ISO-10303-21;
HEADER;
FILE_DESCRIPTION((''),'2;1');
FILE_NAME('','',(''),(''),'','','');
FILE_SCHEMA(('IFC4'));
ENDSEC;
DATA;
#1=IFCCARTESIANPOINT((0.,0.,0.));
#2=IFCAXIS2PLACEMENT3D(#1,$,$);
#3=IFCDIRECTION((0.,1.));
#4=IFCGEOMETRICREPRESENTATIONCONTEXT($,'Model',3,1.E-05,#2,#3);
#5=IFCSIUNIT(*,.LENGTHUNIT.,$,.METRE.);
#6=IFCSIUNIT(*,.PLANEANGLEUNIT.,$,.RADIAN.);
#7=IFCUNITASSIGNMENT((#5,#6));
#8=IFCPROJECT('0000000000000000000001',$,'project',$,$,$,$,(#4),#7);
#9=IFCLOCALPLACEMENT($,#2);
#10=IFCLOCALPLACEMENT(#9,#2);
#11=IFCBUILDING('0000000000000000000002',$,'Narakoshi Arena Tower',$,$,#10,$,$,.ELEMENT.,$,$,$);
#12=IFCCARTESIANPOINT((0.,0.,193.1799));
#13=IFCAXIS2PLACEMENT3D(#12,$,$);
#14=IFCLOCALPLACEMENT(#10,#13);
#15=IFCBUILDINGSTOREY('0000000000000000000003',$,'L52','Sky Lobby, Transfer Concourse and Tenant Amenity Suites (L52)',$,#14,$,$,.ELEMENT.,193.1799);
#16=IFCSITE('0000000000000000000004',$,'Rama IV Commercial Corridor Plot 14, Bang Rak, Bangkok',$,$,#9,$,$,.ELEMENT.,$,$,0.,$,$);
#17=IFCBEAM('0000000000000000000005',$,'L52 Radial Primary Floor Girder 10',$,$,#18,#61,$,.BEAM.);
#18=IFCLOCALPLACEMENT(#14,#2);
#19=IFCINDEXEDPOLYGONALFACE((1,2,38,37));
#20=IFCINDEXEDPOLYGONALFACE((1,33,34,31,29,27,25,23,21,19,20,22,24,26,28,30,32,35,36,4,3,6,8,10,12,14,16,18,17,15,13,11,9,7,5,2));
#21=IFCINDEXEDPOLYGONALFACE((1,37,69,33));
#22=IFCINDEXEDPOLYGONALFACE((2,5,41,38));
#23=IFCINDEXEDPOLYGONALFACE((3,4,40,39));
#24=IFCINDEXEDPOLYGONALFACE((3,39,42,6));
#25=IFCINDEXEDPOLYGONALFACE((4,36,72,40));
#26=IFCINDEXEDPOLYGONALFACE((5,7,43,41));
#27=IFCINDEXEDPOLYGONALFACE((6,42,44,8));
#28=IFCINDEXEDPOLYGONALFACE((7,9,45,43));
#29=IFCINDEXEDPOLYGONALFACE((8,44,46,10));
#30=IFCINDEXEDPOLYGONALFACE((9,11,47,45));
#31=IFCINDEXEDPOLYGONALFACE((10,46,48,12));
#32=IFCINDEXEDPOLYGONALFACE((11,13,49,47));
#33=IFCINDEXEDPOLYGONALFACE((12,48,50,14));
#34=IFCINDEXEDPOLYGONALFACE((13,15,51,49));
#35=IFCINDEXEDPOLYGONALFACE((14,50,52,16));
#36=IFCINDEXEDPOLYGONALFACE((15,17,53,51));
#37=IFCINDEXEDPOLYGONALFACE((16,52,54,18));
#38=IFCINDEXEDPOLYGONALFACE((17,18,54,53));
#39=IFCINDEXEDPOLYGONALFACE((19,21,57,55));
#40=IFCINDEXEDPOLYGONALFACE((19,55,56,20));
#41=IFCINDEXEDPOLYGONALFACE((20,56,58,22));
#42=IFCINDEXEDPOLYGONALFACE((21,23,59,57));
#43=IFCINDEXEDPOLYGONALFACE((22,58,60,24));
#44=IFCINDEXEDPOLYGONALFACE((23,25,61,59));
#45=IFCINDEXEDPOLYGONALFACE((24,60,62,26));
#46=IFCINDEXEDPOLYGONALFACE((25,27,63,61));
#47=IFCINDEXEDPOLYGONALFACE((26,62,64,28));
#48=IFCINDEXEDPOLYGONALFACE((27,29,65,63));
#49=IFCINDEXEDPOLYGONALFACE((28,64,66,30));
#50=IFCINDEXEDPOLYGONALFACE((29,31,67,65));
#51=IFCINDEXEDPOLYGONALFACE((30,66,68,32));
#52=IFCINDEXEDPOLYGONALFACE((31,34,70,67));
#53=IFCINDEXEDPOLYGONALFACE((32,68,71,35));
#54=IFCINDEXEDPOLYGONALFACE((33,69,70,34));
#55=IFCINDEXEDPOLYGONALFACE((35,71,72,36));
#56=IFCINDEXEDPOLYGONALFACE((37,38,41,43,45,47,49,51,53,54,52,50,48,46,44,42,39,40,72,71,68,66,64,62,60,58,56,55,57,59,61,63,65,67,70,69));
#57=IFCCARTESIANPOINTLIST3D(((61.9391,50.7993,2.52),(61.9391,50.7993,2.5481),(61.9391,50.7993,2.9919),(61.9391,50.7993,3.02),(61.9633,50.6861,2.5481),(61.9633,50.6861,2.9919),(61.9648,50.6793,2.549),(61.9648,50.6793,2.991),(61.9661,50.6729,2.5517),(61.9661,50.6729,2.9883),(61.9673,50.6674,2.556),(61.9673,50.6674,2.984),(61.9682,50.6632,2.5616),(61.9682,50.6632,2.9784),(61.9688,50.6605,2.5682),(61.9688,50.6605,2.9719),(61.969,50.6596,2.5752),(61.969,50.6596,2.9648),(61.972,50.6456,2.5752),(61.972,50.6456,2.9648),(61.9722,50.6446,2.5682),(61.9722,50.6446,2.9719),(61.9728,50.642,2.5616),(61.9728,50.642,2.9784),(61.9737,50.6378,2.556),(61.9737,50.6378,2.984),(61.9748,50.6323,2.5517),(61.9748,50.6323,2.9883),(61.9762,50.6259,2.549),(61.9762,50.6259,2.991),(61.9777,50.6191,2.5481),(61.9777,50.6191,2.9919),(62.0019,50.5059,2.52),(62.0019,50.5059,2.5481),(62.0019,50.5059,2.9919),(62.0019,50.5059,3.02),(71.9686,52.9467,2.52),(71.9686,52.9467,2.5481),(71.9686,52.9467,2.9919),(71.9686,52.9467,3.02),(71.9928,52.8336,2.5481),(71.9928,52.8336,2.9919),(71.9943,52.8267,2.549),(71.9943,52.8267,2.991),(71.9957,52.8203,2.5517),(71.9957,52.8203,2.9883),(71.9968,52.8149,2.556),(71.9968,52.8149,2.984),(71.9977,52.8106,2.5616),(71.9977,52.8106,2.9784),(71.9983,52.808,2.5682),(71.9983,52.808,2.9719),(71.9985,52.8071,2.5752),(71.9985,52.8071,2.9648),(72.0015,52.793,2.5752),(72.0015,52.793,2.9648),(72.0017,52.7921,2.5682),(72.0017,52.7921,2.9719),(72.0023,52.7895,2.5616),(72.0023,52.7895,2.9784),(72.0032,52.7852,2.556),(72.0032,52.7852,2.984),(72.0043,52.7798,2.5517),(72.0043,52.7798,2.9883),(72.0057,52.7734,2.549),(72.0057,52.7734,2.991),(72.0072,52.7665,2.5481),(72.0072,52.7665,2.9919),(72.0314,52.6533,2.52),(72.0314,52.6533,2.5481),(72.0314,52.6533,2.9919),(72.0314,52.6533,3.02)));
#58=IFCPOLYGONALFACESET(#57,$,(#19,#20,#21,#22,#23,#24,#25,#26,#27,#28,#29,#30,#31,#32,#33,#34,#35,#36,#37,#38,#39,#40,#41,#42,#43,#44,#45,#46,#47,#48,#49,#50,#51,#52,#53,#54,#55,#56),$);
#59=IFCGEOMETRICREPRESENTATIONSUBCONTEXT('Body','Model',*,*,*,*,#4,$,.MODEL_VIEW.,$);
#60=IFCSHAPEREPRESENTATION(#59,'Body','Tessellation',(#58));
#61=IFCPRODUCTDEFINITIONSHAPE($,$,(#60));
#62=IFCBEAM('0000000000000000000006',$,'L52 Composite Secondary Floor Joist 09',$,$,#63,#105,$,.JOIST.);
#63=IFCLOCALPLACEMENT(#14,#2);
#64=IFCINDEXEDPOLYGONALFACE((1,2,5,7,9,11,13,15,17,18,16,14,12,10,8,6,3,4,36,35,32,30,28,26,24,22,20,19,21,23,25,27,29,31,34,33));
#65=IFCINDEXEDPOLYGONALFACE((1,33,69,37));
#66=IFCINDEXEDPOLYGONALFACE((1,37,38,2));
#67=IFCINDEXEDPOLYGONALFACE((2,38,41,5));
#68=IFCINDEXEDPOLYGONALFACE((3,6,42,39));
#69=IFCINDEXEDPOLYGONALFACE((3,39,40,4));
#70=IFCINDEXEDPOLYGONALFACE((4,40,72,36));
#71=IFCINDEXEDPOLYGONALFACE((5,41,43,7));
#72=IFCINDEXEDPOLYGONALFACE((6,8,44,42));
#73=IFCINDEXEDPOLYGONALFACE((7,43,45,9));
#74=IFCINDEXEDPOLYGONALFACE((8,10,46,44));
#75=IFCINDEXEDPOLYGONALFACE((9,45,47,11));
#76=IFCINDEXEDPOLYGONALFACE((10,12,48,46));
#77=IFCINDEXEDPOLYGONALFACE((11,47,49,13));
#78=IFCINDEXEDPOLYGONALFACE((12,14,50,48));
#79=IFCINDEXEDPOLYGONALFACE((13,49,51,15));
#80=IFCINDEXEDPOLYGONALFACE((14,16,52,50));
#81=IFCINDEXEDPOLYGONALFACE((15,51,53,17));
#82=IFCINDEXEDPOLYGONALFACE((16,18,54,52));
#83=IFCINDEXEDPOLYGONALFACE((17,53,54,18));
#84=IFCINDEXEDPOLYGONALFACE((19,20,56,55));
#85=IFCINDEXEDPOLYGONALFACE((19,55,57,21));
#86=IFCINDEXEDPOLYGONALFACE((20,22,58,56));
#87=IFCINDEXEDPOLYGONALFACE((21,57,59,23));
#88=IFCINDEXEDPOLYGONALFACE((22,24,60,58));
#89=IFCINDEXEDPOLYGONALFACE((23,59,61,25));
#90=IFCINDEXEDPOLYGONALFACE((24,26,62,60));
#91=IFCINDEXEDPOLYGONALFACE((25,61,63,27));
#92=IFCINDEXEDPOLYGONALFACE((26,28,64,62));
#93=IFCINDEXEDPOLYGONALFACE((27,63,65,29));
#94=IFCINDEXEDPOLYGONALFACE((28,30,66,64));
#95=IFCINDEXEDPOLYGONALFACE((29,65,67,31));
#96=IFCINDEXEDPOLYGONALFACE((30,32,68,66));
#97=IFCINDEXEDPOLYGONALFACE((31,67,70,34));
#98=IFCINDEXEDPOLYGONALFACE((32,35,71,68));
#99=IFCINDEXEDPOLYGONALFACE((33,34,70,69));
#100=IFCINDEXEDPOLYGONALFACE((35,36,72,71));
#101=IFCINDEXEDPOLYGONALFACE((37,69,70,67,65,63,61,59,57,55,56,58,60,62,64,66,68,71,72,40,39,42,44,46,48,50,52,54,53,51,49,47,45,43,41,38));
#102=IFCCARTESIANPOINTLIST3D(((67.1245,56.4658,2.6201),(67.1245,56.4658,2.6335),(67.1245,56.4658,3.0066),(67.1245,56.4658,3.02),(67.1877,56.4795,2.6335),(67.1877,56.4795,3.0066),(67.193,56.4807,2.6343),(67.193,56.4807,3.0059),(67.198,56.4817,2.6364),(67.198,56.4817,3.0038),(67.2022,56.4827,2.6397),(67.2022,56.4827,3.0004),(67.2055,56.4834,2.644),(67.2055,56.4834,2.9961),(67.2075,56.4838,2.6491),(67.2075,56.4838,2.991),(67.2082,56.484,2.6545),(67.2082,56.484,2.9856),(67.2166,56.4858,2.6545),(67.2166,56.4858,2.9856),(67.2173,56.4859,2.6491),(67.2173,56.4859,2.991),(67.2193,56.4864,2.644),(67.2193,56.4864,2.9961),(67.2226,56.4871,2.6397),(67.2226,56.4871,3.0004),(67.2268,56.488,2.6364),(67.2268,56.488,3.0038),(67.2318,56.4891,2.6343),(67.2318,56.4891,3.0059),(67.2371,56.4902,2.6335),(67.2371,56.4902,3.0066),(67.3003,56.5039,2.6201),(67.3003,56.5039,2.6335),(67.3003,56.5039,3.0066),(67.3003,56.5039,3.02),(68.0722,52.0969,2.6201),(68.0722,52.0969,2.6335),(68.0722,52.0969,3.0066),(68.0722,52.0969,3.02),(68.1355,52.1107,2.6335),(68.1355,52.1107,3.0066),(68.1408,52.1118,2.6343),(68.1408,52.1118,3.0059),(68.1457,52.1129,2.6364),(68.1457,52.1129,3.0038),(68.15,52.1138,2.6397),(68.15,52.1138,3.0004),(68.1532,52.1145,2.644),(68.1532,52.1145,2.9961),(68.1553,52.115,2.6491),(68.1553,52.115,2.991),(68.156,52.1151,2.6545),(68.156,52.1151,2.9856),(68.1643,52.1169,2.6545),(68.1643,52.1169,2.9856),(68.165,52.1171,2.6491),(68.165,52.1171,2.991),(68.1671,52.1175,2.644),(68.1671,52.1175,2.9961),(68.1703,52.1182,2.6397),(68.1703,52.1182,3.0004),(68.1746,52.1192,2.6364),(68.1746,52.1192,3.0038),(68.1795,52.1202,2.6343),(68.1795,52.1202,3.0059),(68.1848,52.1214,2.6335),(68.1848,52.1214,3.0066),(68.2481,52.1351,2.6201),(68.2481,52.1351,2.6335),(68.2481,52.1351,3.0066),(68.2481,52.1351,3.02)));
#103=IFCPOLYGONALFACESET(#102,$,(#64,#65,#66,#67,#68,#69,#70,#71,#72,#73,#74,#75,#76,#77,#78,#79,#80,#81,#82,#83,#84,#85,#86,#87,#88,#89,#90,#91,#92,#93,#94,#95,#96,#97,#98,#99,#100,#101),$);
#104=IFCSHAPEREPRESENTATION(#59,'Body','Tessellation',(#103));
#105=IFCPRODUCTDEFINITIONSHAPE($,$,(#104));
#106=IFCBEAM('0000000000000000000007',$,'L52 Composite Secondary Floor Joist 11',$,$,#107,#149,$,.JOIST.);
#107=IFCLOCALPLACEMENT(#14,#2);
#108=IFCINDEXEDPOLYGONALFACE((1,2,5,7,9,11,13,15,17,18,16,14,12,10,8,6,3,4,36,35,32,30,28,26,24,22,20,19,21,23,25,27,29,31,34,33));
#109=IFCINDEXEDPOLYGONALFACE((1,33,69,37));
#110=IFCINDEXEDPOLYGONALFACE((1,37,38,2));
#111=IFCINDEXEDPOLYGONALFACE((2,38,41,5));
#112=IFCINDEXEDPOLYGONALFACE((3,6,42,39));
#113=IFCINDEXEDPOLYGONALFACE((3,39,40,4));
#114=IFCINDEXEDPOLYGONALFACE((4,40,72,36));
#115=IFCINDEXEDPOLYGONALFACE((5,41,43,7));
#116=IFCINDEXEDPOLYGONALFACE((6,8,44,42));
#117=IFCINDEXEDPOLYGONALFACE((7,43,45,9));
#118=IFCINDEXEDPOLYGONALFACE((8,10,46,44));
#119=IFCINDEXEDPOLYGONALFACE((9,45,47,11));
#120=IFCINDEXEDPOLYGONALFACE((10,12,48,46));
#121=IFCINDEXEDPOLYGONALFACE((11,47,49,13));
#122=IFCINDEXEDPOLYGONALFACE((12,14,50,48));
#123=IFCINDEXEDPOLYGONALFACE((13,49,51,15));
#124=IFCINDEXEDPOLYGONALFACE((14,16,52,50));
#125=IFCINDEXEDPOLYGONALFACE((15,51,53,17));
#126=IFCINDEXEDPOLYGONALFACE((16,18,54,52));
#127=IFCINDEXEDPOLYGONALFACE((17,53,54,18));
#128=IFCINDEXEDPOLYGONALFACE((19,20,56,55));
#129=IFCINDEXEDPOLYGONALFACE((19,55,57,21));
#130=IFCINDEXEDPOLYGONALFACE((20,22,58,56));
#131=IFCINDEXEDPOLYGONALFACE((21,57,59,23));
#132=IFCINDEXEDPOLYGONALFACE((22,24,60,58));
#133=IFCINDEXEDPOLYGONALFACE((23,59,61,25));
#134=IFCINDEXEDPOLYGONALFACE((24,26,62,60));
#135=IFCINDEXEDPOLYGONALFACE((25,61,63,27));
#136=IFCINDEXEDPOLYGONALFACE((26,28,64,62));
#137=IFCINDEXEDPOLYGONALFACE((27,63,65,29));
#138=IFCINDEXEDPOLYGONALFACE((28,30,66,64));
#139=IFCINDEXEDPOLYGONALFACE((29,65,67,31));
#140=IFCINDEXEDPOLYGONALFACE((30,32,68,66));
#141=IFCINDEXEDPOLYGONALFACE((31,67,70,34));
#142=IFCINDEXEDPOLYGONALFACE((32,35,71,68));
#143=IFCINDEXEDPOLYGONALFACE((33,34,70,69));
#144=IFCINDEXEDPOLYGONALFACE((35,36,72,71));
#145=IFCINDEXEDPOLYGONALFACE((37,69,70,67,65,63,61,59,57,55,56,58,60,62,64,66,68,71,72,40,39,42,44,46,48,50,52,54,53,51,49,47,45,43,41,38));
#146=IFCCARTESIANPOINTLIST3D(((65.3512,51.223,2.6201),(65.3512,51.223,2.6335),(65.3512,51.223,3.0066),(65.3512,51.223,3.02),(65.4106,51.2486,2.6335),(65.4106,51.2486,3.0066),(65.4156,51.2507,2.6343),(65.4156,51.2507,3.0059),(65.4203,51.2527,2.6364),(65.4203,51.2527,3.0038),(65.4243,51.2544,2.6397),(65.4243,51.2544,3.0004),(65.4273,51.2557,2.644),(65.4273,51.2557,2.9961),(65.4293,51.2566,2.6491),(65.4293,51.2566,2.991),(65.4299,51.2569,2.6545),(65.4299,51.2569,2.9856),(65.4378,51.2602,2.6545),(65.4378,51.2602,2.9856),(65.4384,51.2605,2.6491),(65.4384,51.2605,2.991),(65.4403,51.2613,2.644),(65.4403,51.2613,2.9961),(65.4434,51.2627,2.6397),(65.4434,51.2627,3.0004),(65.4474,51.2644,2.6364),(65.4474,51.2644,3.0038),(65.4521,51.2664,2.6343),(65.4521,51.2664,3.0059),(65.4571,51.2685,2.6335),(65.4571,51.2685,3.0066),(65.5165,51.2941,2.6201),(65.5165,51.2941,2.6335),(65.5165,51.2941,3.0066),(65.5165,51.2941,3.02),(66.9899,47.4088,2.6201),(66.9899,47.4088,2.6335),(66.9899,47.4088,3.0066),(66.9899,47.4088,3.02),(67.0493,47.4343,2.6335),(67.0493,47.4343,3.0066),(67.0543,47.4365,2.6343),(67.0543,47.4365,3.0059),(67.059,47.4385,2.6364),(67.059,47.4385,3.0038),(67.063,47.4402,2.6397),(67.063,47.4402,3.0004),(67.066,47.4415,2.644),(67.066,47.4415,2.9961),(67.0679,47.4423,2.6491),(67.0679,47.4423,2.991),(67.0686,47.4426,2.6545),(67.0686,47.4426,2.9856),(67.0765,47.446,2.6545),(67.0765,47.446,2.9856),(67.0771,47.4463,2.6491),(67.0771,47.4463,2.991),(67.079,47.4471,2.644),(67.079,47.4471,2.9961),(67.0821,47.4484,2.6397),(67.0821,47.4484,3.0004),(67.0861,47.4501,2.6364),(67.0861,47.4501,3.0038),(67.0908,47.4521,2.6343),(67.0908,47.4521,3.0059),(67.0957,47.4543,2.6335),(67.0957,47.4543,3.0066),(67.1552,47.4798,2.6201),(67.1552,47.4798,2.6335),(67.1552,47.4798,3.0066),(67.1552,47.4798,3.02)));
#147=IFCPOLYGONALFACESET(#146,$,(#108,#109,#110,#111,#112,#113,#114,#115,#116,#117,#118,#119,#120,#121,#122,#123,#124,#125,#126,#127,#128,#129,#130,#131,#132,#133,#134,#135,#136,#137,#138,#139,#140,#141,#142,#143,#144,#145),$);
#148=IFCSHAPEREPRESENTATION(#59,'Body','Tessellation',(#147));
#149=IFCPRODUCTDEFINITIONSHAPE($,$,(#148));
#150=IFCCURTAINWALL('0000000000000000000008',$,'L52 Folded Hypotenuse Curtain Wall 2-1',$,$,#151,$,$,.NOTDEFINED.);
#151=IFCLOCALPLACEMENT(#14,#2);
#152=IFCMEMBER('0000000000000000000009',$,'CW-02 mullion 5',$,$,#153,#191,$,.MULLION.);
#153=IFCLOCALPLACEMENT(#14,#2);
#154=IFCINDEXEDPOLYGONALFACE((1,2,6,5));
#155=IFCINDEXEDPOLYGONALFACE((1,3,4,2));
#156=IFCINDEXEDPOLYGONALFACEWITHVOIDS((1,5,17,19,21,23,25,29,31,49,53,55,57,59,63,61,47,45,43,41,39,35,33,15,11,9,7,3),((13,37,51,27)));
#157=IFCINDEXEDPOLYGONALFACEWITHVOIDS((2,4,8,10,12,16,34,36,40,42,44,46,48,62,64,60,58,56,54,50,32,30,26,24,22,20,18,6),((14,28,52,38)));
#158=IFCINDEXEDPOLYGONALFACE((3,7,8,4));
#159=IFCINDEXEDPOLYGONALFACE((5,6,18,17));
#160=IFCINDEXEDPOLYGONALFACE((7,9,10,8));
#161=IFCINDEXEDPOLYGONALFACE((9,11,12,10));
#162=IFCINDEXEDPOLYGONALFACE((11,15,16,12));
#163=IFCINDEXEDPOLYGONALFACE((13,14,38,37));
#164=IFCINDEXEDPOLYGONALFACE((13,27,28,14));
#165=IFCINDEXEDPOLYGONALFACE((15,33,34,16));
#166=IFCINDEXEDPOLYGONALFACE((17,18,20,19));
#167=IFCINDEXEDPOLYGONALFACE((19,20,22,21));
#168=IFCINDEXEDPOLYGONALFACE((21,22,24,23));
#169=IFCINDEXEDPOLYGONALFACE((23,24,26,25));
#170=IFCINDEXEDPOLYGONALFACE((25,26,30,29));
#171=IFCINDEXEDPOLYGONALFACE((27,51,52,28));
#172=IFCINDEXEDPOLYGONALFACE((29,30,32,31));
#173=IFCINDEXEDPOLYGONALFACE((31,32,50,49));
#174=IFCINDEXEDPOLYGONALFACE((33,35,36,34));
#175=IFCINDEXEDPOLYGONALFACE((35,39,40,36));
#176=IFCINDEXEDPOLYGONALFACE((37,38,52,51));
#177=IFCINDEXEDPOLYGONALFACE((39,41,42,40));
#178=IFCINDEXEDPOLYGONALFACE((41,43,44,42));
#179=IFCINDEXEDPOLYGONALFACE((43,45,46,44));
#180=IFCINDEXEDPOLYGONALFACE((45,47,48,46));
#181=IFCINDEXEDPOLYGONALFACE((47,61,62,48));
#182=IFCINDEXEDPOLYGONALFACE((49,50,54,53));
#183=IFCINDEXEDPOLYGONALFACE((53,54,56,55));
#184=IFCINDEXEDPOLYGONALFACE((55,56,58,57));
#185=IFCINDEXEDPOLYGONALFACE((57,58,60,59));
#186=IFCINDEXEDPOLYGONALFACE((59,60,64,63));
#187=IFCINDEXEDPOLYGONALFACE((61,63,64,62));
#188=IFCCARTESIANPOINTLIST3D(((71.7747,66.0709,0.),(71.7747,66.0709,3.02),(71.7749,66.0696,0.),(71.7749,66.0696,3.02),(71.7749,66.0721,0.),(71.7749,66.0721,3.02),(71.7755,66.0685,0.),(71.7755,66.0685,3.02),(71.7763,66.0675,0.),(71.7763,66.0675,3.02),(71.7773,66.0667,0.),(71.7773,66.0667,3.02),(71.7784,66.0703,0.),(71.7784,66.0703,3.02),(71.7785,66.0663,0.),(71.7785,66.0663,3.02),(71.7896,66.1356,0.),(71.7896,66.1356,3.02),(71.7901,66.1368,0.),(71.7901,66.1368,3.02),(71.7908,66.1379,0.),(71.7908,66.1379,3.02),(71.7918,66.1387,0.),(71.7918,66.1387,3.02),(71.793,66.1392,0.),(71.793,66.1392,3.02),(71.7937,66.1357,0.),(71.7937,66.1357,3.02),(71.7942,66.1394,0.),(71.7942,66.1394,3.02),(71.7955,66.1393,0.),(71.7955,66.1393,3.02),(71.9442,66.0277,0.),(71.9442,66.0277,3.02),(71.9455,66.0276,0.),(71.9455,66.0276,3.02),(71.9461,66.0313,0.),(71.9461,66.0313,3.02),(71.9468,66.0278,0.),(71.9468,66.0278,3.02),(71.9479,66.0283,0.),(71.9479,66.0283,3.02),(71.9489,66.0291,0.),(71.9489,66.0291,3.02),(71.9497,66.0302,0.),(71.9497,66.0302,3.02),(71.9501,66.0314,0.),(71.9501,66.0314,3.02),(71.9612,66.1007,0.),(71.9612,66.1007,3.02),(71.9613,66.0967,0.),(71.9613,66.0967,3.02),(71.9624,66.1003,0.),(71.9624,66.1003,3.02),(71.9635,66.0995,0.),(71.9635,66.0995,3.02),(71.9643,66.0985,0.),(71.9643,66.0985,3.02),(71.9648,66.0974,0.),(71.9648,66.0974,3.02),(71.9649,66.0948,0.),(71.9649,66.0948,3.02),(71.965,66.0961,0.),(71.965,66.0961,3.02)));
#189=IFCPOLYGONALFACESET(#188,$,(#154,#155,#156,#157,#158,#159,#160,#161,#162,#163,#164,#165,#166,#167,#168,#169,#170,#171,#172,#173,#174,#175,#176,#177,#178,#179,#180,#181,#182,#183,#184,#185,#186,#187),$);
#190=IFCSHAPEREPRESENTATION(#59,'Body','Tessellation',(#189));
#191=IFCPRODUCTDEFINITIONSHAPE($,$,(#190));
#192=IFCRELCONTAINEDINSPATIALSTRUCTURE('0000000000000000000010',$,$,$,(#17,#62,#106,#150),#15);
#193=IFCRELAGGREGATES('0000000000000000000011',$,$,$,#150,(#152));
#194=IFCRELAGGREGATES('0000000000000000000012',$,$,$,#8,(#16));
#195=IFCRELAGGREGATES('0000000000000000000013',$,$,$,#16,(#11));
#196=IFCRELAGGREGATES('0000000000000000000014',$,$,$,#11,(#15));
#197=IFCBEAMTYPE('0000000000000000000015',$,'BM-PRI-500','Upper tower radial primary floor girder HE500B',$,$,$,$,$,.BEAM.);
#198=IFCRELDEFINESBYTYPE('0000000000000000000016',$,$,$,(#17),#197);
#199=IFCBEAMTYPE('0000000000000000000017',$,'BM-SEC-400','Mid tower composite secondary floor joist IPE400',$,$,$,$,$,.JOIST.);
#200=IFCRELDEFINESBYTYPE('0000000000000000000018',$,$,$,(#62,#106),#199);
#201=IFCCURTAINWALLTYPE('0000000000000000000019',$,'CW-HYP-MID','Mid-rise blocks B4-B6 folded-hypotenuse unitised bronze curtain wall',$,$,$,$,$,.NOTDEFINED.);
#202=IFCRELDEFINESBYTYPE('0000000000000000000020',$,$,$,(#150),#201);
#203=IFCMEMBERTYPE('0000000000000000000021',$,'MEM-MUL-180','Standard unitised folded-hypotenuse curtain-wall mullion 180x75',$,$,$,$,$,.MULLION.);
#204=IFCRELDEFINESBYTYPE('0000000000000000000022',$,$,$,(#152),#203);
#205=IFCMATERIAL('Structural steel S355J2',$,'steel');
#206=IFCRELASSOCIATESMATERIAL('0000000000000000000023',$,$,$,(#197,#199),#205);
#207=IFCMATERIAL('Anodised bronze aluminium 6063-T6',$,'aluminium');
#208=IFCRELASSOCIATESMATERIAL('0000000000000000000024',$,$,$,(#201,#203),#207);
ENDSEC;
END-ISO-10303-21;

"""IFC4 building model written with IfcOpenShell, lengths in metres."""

from ifc_helpers import new_model, si_unit, direction, frame, origin, origin_2d, place, context, subcontext, project, spatial, hollow_rectangle, i_section, extrude, material, material_profile, profile_set, type_object, element, aggregate, save


model = new_model("IFC4")

# Units and contexts
model_context = context("Model", 3, precision=1e-05, world=origin(), true_north=direction((0.0, 1.0)))
body_context = subcontext(model_context, "Body", "Model", "MODEL_VIEW")
ifc_project = project(units=[si_unit("LENGTHUNIT", "METRE"), si_unit("PLANEANGLEUNIT", "RADIAN")], contexts=[model_context])

# Site, building, storey
site_placement = place(None, origin())
site = spatial("IfcSite", under=ifc_project, at=site_placement, Name="Rama IV Commercial Corridor Plot 14, Bang Rak, Bangkok", CompositionType="ELEMENT", RefElevation=0.0)
building_placement = place(site_placement, origin())
building = spatial("IfcBuilding", under=site, at=building_placement, Name="Narakoshi Arena Tower", CompositionType="ELEMENT")
storey_placement = place(building_placement, frame((0.0, 0.0, 193.1799)))
storey = spatial("IfcBuildingStorey", under=building, at=storey_placement, Name="L52", Description="Sky Lobby, Transfer Concourse and Tenant Amenity Suites (L52)", CompositionType="ELEMENT", Elevation=193.1799)

# Beams
ifc_material_1 = material(Name="Structural steel S355J2", Category="steel")
ifc_material_profile_1 = material_profile(ifc_material_1, i_section(OverallWidth=0.3, OverallDepth=0.5, WebThickness=0.0144, FlangeThickness=0.0281, FilletRadius=0.0271, at=origin_2d()), Name="HE500B")
ifc_profile_set_1 = profile_set([ifc_material_profile_1], Name="Structural steel S355J2")
beam_type_1 = type_object("IfcBeamType", Name="BM-PRI-500", Description="Upper tower radial primary floor girder HE500B", PredefinedType="BEAM", material=ifc_profile_set_1)
beam_1_placement = place(storey_placement, frame((72.0, 52.8, 2.77), z_axis=(-0.977837, -0.209368, 0.0), x_axis=(0.209368, -0.977837, 0.0)))
element("IfcBeam", 1, at=beam_1_placement, inside=storey, type_object=beam_type_1, Name="L52 Radial Primary Floor Girder 10", PredefinedType="BEAM", context=body_context, shape_type="SweptSolid", body=[
    extrude(i_section(OverallWidth=0.3, OverallDepth=0.5, WebThickness=0.0144, FlangeThickness=0.0281, FilletRadius=0.0271, at=origin_2d()), origin(), (0.0, 0.0, 1.0), 10.2568),
])
ifc_material_profile_2 = material_profile(ifc_material_1, i_section(OverallWidth=0.1799, OverallDepth=0.3999, WebThickness=0.0085, FlangeThickness=0.0134, FilletRadius=0.021, at=origin_2d()), Name="IPE400")
ifc_profile_set_2 = profile_set([ifc_material_profile_2], Name="Structural steel S355J2")
beam_type_2 = type_object("IfcBeamType", Name="BM-SEC-400", Description="Mid tower composite secondary floor joist IPE400", PredefinedType="JOIST", material=ifc_profile_set_2)
beam_2_placement = place(storey_placement, frame((67.2124, 56.4849, 2.8201), z_axis=(0.212001, -0.977269, 0.0), x_axis=(0.977269, 0.212001, 0.0)))
element("IfcBeam", 2, at=beam_2_placement, inside=storey, type_object=beam_type_2, Name="L52 Composite Secondary Floor Joist 09", PredefinedType="JOIST", context=body_context, shape_type="SweptSolid", body=[
    extrude(i_section(OverallWidth=0.1799, OverallDepth=0.3999, WebThickness=0.0085, FlangeThickness=0.0134, FilletRadius=0.021, at=origin_2d()), origin(), (0.0, 0.0, 1.0), 4.4705),
])
beam_3_placement = place(storey_placement, frame((65.4338, 51.2585, 2.8201), z_axis=(0.394735, -0.918795, 0.0), x_axis=(0.918795, 0.394735, 0.0)))
element("IfcBeam", 3, at=beam_3_placement, inside=storey, type_object=beam_type_2, Name="L52 Composite Secondary Floor Joist 11", PredefinedType="JOIST", context=body_context, shape_type="SweptSolid", body=[
    extrude(i_section(OverallWidth=0.1799, OverallDepth=0.3999, WebThickness=0.0085, FlangeThickness=0.0134, FilletRadius=0.021, at=origin_2d()), origin(), (0.0, 0.0, 1.0), 4.1514),
])

# Curtain wall, member
ifc_material_2 = material(Name="Anodised bronze aluminium 6063-T6", Category="aluminium")
curtain_wall_type = type_object("IfcCurtainWallType", Name="CW-HYP-MID", Description="Mid-rise blocks B4-B6 folded-hypotenuse unitised bronze curtain wall", PredefinedType="NOTDEFINED", material=ifc_material_2)
curtain_wall_placement = place(storey_placement, origin())
curtain_wall = element("IfcCurtainWall", 4, at=curtain_wall_placement, inside=storey, type_object=curtain_wall_type, Name="L52 Folded Hypotenuse Curtain Wall 2-1", PredefinedType="NOTDEFINED")
ifc_material_profile_3 = material_profile(ifc_material_2, hollow_rectangle(XDim=0.075, YDim=0.1799, WallThickness=0.0039, OuterFilletRadius=0.0049, at=origin_2d()), Name="MUL180x75x4")
ifc_profile_set_3 = profile_set([ifc_material_profile_3], Name="Anodised bronze aluminium 6063-T6")
member_type_1 = type_object("IfcMemberType", Name="MEM-MUL-180", Description="Standard unitised folded-hypotenuse curtain-wall mullion 180x75", PredefinedType="MULLION", material=ifc_profile_set_3)
member_1_placement = place(storey_placement, frame((71.8699, 66.0835, 0.0), z_axis=(0.0, 0.0, 1.0), x_axis=(-0.226721, -0.97396, 0.0)))
member_1 = element("IfcMember", 5, at=member_1_placement, type_object=member_type_1, Name="CW-02 mullion 5", PredefinedType="MULLION", context=body_context, shape_type="SweptSolid", body=[
    extrude(hollow_rectangle(XDim=0.075, YDim=0.1799, WallThickness=0.0039, OuterFilletRadius=0.0049, at=origin_2d()), origin(), (0.0, 0.0, 1.0), 3.02),
])
aggregate(curtain_wall, [member_1])

save(model, "model.ifc")
